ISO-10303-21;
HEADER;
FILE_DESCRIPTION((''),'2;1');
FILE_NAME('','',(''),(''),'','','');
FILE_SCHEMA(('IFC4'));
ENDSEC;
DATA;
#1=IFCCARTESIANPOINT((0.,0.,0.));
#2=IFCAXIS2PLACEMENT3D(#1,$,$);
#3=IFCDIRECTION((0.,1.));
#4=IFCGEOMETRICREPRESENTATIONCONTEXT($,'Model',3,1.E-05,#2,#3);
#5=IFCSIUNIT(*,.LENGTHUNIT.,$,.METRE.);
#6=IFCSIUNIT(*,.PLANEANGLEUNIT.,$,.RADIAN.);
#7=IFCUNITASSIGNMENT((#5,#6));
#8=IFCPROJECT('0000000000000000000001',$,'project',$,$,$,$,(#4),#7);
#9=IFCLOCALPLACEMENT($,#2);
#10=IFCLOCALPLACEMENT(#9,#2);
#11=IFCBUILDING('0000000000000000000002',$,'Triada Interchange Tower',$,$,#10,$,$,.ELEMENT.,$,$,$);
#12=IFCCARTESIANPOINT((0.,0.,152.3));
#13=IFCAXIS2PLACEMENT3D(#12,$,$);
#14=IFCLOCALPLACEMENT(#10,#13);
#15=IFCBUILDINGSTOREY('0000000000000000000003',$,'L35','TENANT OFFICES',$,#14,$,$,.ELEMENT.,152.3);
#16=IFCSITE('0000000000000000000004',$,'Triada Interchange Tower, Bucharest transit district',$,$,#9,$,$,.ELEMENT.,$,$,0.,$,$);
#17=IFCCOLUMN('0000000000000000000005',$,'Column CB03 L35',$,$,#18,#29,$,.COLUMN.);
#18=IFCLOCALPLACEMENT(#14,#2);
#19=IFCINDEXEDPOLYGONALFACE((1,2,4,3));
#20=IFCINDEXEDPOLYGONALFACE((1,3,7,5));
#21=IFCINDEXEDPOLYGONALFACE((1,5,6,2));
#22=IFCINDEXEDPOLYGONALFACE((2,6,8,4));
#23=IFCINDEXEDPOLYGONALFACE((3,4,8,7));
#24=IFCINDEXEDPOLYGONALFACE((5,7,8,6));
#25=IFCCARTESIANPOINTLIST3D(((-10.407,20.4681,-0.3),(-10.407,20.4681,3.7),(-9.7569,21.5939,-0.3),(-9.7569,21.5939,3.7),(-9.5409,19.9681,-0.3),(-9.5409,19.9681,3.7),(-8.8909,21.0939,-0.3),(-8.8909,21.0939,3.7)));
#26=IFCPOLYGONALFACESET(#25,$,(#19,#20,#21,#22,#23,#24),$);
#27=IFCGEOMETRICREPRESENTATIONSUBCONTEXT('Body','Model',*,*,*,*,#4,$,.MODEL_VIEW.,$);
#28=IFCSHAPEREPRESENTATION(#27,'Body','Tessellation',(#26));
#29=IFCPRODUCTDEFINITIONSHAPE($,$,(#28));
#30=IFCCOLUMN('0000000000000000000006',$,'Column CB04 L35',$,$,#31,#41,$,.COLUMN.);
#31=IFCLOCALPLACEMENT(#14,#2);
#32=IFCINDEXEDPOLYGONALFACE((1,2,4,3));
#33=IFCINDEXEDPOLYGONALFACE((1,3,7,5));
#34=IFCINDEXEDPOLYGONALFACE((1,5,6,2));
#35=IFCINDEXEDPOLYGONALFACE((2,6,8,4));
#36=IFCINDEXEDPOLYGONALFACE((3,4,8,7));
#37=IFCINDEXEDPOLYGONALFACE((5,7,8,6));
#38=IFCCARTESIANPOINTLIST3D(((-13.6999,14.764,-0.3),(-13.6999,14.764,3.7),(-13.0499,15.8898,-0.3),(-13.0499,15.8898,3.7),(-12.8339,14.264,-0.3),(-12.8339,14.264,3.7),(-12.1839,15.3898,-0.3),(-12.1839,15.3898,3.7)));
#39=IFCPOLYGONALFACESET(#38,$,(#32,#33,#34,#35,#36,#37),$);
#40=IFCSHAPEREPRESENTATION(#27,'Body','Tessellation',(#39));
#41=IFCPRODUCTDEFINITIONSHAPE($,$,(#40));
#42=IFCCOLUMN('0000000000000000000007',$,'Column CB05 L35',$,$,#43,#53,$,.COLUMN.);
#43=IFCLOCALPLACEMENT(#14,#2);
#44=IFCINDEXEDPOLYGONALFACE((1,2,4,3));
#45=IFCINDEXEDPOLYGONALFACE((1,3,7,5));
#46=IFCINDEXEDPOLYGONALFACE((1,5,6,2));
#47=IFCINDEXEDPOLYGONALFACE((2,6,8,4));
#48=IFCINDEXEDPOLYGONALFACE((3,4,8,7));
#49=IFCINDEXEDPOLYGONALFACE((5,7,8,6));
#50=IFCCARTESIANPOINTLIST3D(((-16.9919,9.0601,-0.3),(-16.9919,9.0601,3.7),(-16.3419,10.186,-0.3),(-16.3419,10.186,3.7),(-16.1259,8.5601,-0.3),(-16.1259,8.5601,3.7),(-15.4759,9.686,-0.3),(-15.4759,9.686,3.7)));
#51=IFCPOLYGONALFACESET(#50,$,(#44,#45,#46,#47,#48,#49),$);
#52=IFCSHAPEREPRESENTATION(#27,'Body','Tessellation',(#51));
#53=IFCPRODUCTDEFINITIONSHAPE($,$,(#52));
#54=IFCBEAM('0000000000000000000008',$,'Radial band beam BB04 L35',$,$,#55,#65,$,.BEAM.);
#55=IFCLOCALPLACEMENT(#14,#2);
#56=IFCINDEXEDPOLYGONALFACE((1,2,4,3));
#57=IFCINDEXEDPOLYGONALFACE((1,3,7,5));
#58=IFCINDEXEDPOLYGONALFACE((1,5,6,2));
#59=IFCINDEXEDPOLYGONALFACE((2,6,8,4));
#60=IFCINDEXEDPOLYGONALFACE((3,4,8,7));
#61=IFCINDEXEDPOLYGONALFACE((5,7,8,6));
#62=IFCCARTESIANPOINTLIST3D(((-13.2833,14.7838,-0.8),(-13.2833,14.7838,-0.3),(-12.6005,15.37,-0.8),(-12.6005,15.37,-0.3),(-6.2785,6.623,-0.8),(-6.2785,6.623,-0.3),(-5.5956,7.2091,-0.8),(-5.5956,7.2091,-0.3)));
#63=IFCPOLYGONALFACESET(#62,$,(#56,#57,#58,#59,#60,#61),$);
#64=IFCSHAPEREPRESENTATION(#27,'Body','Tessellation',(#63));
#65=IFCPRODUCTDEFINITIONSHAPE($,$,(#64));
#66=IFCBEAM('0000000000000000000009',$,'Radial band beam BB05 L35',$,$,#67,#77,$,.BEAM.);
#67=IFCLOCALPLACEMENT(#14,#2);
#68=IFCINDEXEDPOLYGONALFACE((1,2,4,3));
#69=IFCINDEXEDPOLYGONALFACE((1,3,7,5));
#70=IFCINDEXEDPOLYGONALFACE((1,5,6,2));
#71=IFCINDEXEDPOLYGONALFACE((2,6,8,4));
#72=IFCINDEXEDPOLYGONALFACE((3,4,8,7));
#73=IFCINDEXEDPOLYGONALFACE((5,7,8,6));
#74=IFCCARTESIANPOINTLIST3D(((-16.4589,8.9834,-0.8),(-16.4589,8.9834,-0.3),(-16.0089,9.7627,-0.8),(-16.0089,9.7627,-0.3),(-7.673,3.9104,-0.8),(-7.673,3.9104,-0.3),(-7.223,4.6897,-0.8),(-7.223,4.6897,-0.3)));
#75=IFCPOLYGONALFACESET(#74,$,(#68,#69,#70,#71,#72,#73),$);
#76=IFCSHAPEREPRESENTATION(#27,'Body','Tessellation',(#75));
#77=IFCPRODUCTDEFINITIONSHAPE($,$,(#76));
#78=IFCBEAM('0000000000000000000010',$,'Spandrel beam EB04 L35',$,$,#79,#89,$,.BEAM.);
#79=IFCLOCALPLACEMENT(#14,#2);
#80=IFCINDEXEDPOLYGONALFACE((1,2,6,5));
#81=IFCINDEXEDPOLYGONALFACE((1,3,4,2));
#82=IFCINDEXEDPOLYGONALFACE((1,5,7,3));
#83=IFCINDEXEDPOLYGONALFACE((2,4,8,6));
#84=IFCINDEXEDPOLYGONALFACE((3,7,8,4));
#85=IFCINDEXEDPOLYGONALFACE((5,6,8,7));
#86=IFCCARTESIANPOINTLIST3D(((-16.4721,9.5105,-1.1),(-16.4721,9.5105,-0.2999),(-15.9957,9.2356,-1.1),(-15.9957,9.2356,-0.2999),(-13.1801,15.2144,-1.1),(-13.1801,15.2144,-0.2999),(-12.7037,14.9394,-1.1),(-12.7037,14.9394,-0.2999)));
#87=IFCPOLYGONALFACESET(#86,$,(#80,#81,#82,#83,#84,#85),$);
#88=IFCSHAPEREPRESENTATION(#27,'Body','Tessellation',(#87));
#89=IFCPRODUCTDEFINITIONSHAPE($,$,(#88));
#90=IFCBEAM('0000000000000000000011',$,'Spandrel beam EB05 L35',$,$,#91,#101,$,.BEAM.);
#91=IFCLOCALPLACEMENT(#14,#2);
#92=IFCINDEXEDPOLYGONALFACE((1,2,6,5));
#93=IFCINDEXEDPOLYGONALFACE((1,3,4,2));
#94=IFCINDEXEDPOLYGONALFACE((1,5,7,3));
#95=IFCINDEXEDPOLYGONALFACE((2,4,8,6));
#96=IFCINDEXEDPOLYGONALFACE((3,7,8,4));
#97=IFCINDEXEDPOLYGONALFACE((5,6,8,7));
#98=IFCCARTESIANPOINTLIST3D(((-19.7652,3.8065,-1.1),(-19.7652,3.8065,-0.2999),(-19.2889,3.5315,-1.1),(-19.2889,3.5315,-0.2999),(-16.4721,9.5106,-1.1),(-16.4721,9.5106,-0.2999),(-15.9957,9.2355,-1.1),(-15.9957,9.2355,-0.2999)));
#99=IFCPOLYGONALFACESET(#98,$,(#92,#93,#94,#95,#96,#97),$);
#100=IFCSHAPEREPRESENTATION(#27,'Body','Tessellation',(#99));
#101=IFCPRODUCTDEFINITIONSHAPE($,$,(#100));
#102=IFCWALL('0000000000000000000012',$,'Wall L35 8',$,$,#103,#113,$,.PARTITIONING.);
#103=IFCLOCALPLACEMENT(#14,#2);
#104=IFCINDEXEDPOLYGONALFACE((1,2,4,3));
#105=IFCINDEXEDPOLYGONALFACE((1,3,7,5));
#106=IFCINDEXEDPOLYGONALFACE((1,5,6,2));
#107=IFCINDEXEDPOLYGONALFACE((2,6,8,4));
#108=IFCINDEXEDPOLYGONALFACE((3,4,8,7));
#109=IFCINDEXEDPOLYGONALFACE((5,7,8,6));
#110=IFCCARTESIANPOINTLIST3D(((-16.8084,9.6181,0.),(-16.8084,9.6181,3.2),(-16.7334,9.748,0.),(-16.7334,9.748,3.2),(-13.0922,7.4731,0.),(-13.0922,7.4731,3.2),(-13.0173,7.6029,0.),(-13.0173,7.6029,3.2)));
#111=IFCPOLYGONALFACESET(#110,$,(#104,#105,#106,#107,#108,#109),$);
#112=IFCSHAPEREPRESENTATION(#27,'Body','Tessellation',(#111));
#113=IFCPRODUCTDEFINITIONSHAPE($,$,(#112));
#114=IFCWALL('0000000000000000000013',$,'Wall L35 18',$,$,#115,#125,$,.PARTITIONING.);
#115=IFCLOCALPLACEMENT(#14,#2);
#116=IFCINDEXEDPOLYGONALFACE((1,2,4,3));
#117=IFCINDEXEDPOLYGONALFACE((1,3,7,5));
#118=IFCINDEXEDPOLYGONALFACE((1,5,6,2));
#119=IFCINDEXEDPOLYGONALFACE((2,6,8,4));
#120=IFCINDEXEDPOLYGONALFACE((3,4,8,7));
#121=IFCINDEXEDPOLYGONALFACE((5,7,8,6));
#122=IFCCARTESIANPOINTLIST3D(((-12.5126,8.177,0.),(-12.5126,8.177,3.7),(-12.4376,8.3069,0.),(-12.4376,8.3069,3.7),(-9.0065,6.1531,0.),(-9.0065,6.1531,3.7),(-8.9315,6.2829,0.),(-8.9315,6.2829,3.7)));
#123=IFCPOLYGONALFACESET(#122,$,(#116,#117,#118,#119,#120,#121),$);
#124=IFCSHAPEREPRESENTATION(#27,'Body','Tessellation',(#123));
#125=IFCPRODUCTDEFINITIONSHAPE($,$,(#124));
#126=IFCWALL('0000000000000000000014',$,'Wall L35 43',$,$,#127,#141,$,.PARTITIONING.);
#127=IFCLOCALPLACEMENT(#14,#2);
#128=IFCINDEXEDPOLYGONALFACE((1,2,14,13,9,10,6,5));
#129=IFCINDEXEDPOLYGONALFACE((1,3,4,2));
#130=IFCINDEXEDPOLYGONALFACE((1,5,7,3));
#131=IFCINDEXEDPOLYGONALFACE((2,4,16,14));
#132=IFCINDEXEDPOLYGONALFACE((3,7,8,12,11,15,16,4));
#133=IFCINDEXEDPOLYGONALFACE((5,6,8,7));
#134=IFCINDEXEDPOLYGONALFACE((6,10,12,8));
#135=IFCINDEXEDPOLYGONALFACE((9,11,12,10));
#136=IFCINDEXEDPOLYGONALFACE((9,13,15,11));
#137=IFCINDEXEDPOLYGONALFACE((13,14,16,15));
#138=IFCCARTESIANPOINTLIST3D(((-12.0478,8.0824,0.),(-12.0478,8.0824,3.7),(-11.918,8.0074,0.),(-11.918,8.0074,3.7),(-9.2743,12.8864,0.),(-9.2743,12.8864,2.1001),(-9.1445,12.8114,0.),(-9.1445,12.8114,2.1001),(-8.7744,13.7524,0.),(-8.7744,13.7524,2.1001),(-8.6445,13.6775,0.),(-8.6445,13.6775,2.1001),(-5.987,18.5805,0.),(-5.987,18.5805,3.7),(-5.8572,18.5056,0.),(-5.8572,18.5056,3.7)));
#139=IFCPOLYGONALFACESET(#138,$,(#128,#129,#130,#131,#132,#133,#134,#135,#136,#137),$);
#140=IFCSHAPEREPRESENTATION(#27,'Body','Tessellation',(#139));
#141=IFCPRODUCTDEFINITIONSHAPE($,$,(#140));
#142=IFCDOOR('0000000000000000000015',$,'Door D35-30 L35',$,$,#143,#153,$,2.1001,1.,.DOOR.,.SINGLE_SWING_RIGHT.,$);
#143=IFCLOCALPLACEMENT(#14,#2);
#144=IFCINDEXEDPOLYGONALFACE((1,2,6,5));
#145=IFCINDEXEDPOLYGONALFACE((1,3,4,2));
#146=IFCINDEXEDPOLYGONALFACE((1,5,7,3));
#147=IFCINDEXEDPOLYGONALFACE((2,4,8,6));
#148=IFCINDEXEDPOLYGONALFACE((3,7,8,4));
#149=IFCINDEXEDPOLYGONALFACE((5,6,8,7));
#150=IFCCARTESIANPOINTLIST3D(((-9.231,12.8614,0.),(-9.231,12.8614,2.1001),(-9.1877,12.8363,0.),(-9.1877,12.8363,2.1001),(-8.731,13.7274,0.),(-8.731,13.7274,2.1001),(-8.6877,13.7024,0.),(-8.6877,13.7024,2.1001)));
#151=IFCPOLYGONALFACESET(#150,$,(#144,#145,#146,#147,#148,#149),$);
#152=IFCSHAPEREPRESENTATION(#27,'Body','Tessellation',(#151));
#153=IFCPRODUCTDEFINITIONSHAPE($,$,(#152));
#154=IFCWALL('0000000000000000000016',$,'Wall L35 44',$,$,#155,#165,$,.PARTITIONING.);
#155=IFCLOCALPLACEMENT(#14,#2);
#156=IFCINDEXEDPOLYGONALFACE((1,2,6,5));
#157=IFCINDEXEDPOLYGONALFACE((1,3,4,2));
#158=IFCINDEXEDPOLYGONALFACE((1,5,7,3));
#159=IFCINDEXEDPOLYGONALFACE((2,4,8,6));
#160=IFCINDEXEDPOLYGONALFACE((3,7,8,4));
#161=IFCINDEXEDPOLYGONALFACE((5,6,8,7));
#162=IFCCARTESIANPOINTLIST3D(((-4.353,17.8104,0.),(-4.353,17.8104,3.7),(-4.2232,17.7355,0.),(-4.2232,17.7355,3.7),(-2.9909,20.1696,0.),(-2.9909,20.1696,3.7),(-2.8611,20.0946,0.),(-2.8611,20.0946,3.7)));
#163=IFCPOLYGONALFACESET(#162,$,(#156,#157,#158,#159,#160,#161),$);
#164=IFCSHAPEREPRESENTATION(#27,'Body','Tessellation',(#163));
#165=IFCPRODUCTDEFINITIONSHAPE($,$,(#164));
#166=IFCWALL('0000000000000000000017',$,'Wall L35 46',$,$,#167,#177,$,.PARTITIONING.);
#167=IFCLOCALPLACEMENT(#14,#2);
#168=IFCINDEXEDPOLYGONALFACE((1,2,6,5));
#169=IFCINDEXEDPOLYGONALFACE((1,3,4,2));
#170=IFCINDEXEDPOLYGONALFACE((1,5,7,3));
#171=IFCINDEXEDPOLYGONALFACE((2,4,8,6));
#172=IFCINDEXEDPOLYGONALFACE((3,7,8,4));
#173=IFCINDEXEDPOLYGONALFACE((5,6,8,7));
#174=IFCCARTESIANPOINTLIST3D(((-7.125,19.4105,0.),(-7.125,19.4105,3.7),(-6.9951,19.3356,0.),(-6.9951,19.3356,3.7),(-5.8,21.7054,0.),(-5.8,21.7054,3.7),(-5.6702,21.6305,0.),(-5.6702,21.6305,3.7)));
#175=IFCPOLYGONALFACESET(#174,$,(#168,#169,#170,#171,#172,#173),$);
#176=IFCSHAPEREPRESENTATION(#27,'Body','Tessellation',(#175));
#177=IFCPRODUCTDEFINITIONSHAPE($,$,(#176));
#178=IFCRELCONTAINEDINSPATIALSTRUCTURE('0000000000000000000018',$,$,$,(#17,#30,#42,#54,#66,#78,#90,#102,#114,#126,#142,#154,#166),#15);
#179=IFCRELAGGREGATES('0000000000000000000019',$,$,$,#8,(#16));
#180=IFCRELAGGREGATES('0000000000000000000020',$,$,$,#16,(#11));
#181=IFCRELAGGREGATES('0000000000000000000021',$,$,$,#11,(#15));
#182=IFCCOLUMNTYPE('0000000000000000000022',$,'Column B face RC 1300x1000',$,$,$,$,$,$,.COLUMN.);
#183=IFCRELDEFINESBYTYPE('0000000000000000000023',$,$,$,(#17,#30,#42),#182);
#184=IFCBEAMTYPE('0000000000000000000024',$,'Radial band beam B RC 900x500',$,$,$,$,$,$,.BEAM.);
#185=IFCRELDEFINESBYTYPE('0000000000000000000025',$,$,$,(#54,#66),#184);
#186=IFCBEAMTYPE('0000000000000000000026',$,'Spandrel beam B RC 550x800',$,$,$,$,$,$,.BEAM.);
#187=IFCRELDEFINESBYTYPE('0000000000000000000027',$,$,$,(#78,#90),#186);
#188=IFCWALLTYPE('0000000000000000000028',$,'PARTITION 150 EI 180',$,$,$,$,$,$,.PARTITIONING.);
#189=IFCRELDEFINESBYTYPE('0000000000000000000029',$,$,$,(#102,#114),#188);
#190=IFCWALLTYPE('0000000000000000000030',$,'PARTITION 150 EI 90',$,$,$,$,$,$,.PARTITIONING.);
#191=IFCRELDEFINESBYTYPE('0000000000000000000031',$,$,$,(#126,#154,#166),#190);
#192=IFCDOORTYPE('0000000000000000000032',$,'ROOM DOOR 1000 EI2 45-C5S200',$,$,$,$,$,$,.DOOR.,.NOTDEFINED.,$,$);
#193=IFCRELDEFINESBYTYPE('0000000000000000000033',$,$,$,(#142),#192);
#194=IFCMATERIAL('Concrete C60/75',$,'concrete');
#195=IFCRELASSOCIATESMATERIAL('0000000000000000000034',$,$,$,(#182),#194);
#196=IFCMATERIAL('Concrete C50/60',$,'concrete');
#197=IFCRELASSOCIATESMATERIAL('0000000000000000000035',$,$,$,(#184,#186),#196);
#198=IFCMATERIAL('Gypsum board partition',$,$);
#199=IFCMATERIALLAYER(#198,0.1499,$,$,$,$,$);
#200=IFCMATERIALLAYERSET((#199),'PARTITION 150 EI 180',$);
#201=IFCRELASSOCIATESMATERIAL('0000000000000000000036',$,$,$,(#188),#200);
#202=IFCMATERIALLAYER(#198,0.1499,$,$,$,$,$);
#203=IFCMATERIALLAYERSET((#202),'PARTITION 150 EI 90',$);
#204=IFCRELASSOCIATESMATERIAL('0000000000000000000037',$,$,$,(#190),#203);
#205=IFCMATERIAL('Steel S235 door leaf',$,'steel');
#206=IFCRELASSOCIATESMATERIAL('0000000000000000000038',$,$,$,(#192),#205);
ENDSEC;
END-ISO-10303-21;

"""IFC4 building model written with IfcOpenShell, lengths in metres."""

from ifc_helpers import new_model, si_unit, direction, frame, frame_2d, origin, origin_2d, place, context, subcontext, project, spatial, rectangle, extrude, material, layer, layer_set, material_profile, profile_set, type_object, element, fill, save


model = new_model("IFC4")

# Units and contexts
model_context = context("Model", 3, precision=1e-05, world=origin(), true_north=direction((0.0, 1.0)))
body_context = subcontext(model_context, "Body", "Model", "MODEL_VIEW")
ifc_project = project(units=[si_unit("LENGTHUNIT", "METRE"), si_unit("PLANEANGLEUNIT", "RADIAN")], contexts=[model_context])

# Site, building, storey
site_placement = place(None, origin())
site = spatial("IfcSite", under=ifc_project, at=site_placement, Name="Triada Interchange Tower, Bucharest transit district", CompositionType="ELEMENT", RefElevation=0.0)
building_placement = place(site_placement, origin())
building = spatial("IfcBuilding", under=site, at=building_placement, Name="Triada Interchange Tower", CompositionType="ELEMENT")
storey_placement = place(building_placement, frame((0.0, 0.0, 152.3)))
storey = spatial("IfcBuildingStorey", under=building, at=storey_placement, Name="L35", Description="TENANT OFFICES", CompositionType="ELEMENT", Elevation=152.3)

# Columns
ifc_material_1 = material(Name="Concrete C60/75", Category="concrete")
ifc_material_profile_1 = material_profile(ifc_material_1, rectangle(XDim=1.3, YDim=1.0, at=origin_2d()), Name="RC 1300x1000")
ifc_profile_set_1 = profile_set([ifc_material_profile_1], Name="Concrete C60/75")
column_type = type_object("IfcColumnType", Name="Column B face RC 1300x1000", PredefinedType="COLUMN", material=ifc_profile_set_1)
for number, where, z_axis, x_axis, name in (
    (1, (-9.6489, 20.781, -0.3), (0.0, 0.0, 1.0), (0.5, 0.866025, 0.0), "Column CB03 L35"),
    (2, (-12.9419, 15.0769, -0.3), (0.0, 0.0, 1.0), (0.5, 0.866025, 0.0), "Column CB04 L35"),
    (3, (-16.2339, 9.373, -0.3), (0.0, 0.0, 1.0), (0.5, 0.866025, 0.0), "Column CB05 L35"),
):
    element("IfcColumn", number, at=place(storey_placement, frame(where, z_axis=z_axis, x_axis=x_axis)), inside=storey, type_object=column_type, Name=name, PredefinedType="COLUMN", context=body_context, shape_type="SweptSolid", body=[
        extrude(rectangle(XDim=1.3, YDim=1.0, at=origin_2d()), origin(), (0.0, 0.0, 1.0), 4.0),
    ])

# Beams
ifc_material_2 = material(Name="Concrete C50/60", Category="concrete")
ifc_material_profile_2 = material_profile(ifc_material_2, rectangle(XDim=0.8999, YDim=0.5, at=origin_2d()), Name="RC 900x500")
ifc_profile_set_2 = profile_set([ifc_material_profile_2], Name="Concrete C50/60")
beam_type_1 = type_object("IfcBeamType", Name="Radial band beam B RC 900x500", PredefinedType="BEAM", material=ifc_profile_set_2)
beam_1_placement = place(storey_placement, frame((-12.9419, 15.0769, -0.55), z_axis=(0.651318, -0.758805, 0.0), x_axis=(0.758805, 0.651318, 0.0)))
element("IfcBeam", 4, at=beam_1_placement, inside=storey, type_object=beam_type_1, Name="Radial band beam BB04 L35", PredefinedType="BEAM", context=body_context, shape_type="SweptSolid", body=[
    extrude(rectangle(XDim=0.8999, YDim=0.5, at=origin_2d()), origin(), (0.0, 0.0, 1.0), 10.7549),
])
beam_2_placement = place(storey_placement, frame((-16.2339, 9.373, -0.55), z_axis=(0.866006, -0.500034, 0.0), x_axis=(0.500034, 0.866006, 0.0)))
element("IfcBeam", 5, at=beam_2_placement, inside=storey, type_object=beam_type_1, Name="Radial band beam BB05 L35", PredefinedType="BEAM", context=body_context, shape_type="SweptSolid", body=[
    extrude(rectangle(XDim=0.8999, YDim=0.5, at=origin_2d()), origin(), (0.0, 0.0, 1.0), 10.1453),
])
ifc_material_profile_3 = material_profile(ifc_material_2, rectangle(XDim=0.55, YDim=0.8, at=origin_2d()), Name="RC 550x800")
ifc_profile_set_3 = profile_set([ifc_material_profile_3], Name="Concrete C50/60")
beam_type_2 = type_object("IfcBeamType", Name="Spandrel beam B RC 550x800", PredefinedType="BEAM", material=ifc_profile_set_3)
beam_3_placement = place(storey_placement, frame((-12.9419, 15.0769, -0.7), z_axis=(-0.499871, -0.8661, 0.0), x_axis=(0.8661, -0.499871, 0.0)))
element("IfcBeam", 6, at=beam_3_placement, inside=storey, type_object=beam_type_2, Name="Spandrel beam EB04 L35", PredefinedType="BEAM", context=body_context, shape_type="SweptSolid", body=[
    extrude(rectangle(XDim=0.55, YDim=0.8, at=origin_2d()), origin(), (0.0, 0.0, 1.0), 6.5857),
])
beam_4_placement = place(storey_placement, frame((-16.2339, 9.373, -0.7), z_axis=(-0.499994, -0.866029, 0.0), x_axis=(0.866029, -0.499994, 0.0)))
element("IfcBeam", 7, at=beam_4_placement, inside=storey, type_object=beam_type_2, Name="Spandrel beam EB05 L35", PredefinedType="BEAM", context=body_context, shape_type="SweptSolid", body=[
    extrude(rectangle(XDim=0.55, YDim=0.8, at=origin_2d()), origin(), (0.0, 0.0, 1.0), 6.5864),
])

# Shared definitions
ifc_material_3 = material(Name="Steel S235 door leaf", Category="steel")

# Walls
ifc_material_4 = material(Name="Gypsum board partition")
ifc_layer_1 = layer(ifc_material_4, 0.1499)
ifc_layer_set_1 = layer_set([ifc_layer_1], Name="PARTITION 150 EI 180")
wall_type_1 = type_object("IfcWallType", Name="PARTITION 150 EI 180", PredefinedType="PARTITIONING", material=ifc_layer_set_1)
wall_1_placement = place(storey_placement, frame((-16.771, 9.6831, 0.0), z_axis=(0.0, 0.0, 1.0), x_axis=(0.866071, -0.499921, 0.0)))
element("IfcWall", 8, at=wall_1_placement, inside=storey, type_object=wall_type_1, Name="Wall L35 8", PredefinedType="PARTITIONING", context=body_context, shape_type="SweptSolid", body=[
    extrude(rectangle(XDim=4.2908, YDim=0.1499, at=frame_2d((2.1455, 0.0))), origin(), (0.0, 0.0, 1.0), 3.2),
])
wall_2_placement = place(storey_placement, frame((-12.4751, 8.2419, 0.0), z_axis=(0.0, 0.0, 1.0), x_axis=(0.86606, -0.49994, 0.0)))
element("IfcWall", 9, at=wall_2_placement, inside=storey, type_object=wall_type_1, Name="Wall L35 18", PredefinedType="PARTITIONING", context=body_context, shape_type="SweptSolid", body=[
    extrude(rectangle(XDim=4.0483, YDim=0.1499, at=frame_2d((2.0242, 0.0))), origin(), (0.0, 0.0, 1.0), 3.7),
])

# Wall, opening, door
ifc_layer_2 = layer(ifc_material_4, 0.1499)
ifc_layer_set_2 = layer_set([ifc_layer_2], Name="PARTITION 150 EI 90")
wall_type_2 = type_object("IfcWallType", Name="PARTITION 150 EI 90", PredefinedType="PARTITIONING", material=ifc_layer_set_2)
wall_3_placement = place(storey_placement, frame((-11.9829, 8.0449, 0.0), z_axis=(0.0, 0.0, 1.0), x_axis=(0.499984, 0.866035, 0.0)))
wall_3 = element("IfcWall", 10, at=wall_3_placement, inside=storey, type_object=wall_type_2, Name="Wall L35 43", PredefinedType="PARTITIONING", context=body_context, shape_type="SweptSolid", body=[
    extrude(rectangle(XDim=12.1221, YDim=0.1499, at=frame_2d((6.061, 0.0))), origin(), (0.0, 0.0, 1.0), 3.7),
])
opening_1_placement = place(wall_3_placement, frame((5.5471, 0.0, 0.0)))
opening_1 = element("IfcOpeningElement", 11, at=opening_1_placement, cuts=wall_3, PredefinedType="OPENING", context=body_context, shape_type="SweptSolid", body=[
    extrude(rectangle(XDim=1.0, YDim=2.1001, at=frame_2d((0.5, 1.05))), frame((0.0, 0.085, 0.0), z_axis=(0.0, -1.0, 0.0), x_axis=(1.0, 0.0, 0.0)), (0.0, 0.0, 1.0), 0.1699),
])
door_type_1 = type_object("IfcDoorType", Name="ROOM DOOR 1000 EI2 45-C5S200", OperationType="NOTDEFINED", PredefinedType="DOOR", material=ifc_material_3)
door_1_placement = place(opening_1_placement, origin())
door_1 = element("IfcDoor", 12, at=door_1_placement, inside=storey, type_object=door_type_1, Name="Door D35-30 L35", OperationType="SINGLE_SWING_RIGHT", OverallHeight=2.1001, OverallWidth=1.0, PredefinedType="DOOR", context=body_context, shape_type="SweptSolid", body=[
    extrude(rectangle(XDim=1.0, YDim=2.1001, at=frame_2d((0.5, 1.05))), frame((0.0, 0.0249, 0.0), z_axis=(0.0, -1.0, 0.0), x_axis=(1.0, 0.0, 0.0)), (0.0, 0.0, 1.0), 0.05),
])
fill(opening_1, door_1)

# Walls
wall_4_placement = place(storey_placement, frame((-4.2881, 17.7729, 0.0), z_axis=(0.0, 0.0, 1.0), x_axis=(0.500004, 0.866023, 0.0)))
element("IfcWall", 13, at=wall_4_placement, inside=storey, type_object=wall_type_2, Name="Wall L35 44", PredefinedType="PARTITIONING", context=body_context, shape_type="SweptSolid", body=[
    extrude(rectangle(XDim=2.7241, YDim=0.1499, at=frame_2d((1.3621, 0.0))), origin(), (0.0, 0.0, 1.0), 3.7),
])
wall_5_placement = place(storey_placement, frame((-7.0601, 19.373, 0.0), z_axis=(0.0, 0.0, 1.0), x_axis=(0.499994, 0.866029, 0.0)))
element("IfcWall", 14, at=wall_5_placement, inside=storey, type_object=wall_type_2, Name="Wall L35 46", PredefinedType="PARTITIONING", context=body_context, shape_type="SweptSolid", body=[
    extrude(rectangle(XDim=2.6499, YDim=0.1499, at=frame_2d((1.325, 0.0))), origin(), (0.0, 0.0, 1.0), 3.7),
])

save(model, "model.ifc")
